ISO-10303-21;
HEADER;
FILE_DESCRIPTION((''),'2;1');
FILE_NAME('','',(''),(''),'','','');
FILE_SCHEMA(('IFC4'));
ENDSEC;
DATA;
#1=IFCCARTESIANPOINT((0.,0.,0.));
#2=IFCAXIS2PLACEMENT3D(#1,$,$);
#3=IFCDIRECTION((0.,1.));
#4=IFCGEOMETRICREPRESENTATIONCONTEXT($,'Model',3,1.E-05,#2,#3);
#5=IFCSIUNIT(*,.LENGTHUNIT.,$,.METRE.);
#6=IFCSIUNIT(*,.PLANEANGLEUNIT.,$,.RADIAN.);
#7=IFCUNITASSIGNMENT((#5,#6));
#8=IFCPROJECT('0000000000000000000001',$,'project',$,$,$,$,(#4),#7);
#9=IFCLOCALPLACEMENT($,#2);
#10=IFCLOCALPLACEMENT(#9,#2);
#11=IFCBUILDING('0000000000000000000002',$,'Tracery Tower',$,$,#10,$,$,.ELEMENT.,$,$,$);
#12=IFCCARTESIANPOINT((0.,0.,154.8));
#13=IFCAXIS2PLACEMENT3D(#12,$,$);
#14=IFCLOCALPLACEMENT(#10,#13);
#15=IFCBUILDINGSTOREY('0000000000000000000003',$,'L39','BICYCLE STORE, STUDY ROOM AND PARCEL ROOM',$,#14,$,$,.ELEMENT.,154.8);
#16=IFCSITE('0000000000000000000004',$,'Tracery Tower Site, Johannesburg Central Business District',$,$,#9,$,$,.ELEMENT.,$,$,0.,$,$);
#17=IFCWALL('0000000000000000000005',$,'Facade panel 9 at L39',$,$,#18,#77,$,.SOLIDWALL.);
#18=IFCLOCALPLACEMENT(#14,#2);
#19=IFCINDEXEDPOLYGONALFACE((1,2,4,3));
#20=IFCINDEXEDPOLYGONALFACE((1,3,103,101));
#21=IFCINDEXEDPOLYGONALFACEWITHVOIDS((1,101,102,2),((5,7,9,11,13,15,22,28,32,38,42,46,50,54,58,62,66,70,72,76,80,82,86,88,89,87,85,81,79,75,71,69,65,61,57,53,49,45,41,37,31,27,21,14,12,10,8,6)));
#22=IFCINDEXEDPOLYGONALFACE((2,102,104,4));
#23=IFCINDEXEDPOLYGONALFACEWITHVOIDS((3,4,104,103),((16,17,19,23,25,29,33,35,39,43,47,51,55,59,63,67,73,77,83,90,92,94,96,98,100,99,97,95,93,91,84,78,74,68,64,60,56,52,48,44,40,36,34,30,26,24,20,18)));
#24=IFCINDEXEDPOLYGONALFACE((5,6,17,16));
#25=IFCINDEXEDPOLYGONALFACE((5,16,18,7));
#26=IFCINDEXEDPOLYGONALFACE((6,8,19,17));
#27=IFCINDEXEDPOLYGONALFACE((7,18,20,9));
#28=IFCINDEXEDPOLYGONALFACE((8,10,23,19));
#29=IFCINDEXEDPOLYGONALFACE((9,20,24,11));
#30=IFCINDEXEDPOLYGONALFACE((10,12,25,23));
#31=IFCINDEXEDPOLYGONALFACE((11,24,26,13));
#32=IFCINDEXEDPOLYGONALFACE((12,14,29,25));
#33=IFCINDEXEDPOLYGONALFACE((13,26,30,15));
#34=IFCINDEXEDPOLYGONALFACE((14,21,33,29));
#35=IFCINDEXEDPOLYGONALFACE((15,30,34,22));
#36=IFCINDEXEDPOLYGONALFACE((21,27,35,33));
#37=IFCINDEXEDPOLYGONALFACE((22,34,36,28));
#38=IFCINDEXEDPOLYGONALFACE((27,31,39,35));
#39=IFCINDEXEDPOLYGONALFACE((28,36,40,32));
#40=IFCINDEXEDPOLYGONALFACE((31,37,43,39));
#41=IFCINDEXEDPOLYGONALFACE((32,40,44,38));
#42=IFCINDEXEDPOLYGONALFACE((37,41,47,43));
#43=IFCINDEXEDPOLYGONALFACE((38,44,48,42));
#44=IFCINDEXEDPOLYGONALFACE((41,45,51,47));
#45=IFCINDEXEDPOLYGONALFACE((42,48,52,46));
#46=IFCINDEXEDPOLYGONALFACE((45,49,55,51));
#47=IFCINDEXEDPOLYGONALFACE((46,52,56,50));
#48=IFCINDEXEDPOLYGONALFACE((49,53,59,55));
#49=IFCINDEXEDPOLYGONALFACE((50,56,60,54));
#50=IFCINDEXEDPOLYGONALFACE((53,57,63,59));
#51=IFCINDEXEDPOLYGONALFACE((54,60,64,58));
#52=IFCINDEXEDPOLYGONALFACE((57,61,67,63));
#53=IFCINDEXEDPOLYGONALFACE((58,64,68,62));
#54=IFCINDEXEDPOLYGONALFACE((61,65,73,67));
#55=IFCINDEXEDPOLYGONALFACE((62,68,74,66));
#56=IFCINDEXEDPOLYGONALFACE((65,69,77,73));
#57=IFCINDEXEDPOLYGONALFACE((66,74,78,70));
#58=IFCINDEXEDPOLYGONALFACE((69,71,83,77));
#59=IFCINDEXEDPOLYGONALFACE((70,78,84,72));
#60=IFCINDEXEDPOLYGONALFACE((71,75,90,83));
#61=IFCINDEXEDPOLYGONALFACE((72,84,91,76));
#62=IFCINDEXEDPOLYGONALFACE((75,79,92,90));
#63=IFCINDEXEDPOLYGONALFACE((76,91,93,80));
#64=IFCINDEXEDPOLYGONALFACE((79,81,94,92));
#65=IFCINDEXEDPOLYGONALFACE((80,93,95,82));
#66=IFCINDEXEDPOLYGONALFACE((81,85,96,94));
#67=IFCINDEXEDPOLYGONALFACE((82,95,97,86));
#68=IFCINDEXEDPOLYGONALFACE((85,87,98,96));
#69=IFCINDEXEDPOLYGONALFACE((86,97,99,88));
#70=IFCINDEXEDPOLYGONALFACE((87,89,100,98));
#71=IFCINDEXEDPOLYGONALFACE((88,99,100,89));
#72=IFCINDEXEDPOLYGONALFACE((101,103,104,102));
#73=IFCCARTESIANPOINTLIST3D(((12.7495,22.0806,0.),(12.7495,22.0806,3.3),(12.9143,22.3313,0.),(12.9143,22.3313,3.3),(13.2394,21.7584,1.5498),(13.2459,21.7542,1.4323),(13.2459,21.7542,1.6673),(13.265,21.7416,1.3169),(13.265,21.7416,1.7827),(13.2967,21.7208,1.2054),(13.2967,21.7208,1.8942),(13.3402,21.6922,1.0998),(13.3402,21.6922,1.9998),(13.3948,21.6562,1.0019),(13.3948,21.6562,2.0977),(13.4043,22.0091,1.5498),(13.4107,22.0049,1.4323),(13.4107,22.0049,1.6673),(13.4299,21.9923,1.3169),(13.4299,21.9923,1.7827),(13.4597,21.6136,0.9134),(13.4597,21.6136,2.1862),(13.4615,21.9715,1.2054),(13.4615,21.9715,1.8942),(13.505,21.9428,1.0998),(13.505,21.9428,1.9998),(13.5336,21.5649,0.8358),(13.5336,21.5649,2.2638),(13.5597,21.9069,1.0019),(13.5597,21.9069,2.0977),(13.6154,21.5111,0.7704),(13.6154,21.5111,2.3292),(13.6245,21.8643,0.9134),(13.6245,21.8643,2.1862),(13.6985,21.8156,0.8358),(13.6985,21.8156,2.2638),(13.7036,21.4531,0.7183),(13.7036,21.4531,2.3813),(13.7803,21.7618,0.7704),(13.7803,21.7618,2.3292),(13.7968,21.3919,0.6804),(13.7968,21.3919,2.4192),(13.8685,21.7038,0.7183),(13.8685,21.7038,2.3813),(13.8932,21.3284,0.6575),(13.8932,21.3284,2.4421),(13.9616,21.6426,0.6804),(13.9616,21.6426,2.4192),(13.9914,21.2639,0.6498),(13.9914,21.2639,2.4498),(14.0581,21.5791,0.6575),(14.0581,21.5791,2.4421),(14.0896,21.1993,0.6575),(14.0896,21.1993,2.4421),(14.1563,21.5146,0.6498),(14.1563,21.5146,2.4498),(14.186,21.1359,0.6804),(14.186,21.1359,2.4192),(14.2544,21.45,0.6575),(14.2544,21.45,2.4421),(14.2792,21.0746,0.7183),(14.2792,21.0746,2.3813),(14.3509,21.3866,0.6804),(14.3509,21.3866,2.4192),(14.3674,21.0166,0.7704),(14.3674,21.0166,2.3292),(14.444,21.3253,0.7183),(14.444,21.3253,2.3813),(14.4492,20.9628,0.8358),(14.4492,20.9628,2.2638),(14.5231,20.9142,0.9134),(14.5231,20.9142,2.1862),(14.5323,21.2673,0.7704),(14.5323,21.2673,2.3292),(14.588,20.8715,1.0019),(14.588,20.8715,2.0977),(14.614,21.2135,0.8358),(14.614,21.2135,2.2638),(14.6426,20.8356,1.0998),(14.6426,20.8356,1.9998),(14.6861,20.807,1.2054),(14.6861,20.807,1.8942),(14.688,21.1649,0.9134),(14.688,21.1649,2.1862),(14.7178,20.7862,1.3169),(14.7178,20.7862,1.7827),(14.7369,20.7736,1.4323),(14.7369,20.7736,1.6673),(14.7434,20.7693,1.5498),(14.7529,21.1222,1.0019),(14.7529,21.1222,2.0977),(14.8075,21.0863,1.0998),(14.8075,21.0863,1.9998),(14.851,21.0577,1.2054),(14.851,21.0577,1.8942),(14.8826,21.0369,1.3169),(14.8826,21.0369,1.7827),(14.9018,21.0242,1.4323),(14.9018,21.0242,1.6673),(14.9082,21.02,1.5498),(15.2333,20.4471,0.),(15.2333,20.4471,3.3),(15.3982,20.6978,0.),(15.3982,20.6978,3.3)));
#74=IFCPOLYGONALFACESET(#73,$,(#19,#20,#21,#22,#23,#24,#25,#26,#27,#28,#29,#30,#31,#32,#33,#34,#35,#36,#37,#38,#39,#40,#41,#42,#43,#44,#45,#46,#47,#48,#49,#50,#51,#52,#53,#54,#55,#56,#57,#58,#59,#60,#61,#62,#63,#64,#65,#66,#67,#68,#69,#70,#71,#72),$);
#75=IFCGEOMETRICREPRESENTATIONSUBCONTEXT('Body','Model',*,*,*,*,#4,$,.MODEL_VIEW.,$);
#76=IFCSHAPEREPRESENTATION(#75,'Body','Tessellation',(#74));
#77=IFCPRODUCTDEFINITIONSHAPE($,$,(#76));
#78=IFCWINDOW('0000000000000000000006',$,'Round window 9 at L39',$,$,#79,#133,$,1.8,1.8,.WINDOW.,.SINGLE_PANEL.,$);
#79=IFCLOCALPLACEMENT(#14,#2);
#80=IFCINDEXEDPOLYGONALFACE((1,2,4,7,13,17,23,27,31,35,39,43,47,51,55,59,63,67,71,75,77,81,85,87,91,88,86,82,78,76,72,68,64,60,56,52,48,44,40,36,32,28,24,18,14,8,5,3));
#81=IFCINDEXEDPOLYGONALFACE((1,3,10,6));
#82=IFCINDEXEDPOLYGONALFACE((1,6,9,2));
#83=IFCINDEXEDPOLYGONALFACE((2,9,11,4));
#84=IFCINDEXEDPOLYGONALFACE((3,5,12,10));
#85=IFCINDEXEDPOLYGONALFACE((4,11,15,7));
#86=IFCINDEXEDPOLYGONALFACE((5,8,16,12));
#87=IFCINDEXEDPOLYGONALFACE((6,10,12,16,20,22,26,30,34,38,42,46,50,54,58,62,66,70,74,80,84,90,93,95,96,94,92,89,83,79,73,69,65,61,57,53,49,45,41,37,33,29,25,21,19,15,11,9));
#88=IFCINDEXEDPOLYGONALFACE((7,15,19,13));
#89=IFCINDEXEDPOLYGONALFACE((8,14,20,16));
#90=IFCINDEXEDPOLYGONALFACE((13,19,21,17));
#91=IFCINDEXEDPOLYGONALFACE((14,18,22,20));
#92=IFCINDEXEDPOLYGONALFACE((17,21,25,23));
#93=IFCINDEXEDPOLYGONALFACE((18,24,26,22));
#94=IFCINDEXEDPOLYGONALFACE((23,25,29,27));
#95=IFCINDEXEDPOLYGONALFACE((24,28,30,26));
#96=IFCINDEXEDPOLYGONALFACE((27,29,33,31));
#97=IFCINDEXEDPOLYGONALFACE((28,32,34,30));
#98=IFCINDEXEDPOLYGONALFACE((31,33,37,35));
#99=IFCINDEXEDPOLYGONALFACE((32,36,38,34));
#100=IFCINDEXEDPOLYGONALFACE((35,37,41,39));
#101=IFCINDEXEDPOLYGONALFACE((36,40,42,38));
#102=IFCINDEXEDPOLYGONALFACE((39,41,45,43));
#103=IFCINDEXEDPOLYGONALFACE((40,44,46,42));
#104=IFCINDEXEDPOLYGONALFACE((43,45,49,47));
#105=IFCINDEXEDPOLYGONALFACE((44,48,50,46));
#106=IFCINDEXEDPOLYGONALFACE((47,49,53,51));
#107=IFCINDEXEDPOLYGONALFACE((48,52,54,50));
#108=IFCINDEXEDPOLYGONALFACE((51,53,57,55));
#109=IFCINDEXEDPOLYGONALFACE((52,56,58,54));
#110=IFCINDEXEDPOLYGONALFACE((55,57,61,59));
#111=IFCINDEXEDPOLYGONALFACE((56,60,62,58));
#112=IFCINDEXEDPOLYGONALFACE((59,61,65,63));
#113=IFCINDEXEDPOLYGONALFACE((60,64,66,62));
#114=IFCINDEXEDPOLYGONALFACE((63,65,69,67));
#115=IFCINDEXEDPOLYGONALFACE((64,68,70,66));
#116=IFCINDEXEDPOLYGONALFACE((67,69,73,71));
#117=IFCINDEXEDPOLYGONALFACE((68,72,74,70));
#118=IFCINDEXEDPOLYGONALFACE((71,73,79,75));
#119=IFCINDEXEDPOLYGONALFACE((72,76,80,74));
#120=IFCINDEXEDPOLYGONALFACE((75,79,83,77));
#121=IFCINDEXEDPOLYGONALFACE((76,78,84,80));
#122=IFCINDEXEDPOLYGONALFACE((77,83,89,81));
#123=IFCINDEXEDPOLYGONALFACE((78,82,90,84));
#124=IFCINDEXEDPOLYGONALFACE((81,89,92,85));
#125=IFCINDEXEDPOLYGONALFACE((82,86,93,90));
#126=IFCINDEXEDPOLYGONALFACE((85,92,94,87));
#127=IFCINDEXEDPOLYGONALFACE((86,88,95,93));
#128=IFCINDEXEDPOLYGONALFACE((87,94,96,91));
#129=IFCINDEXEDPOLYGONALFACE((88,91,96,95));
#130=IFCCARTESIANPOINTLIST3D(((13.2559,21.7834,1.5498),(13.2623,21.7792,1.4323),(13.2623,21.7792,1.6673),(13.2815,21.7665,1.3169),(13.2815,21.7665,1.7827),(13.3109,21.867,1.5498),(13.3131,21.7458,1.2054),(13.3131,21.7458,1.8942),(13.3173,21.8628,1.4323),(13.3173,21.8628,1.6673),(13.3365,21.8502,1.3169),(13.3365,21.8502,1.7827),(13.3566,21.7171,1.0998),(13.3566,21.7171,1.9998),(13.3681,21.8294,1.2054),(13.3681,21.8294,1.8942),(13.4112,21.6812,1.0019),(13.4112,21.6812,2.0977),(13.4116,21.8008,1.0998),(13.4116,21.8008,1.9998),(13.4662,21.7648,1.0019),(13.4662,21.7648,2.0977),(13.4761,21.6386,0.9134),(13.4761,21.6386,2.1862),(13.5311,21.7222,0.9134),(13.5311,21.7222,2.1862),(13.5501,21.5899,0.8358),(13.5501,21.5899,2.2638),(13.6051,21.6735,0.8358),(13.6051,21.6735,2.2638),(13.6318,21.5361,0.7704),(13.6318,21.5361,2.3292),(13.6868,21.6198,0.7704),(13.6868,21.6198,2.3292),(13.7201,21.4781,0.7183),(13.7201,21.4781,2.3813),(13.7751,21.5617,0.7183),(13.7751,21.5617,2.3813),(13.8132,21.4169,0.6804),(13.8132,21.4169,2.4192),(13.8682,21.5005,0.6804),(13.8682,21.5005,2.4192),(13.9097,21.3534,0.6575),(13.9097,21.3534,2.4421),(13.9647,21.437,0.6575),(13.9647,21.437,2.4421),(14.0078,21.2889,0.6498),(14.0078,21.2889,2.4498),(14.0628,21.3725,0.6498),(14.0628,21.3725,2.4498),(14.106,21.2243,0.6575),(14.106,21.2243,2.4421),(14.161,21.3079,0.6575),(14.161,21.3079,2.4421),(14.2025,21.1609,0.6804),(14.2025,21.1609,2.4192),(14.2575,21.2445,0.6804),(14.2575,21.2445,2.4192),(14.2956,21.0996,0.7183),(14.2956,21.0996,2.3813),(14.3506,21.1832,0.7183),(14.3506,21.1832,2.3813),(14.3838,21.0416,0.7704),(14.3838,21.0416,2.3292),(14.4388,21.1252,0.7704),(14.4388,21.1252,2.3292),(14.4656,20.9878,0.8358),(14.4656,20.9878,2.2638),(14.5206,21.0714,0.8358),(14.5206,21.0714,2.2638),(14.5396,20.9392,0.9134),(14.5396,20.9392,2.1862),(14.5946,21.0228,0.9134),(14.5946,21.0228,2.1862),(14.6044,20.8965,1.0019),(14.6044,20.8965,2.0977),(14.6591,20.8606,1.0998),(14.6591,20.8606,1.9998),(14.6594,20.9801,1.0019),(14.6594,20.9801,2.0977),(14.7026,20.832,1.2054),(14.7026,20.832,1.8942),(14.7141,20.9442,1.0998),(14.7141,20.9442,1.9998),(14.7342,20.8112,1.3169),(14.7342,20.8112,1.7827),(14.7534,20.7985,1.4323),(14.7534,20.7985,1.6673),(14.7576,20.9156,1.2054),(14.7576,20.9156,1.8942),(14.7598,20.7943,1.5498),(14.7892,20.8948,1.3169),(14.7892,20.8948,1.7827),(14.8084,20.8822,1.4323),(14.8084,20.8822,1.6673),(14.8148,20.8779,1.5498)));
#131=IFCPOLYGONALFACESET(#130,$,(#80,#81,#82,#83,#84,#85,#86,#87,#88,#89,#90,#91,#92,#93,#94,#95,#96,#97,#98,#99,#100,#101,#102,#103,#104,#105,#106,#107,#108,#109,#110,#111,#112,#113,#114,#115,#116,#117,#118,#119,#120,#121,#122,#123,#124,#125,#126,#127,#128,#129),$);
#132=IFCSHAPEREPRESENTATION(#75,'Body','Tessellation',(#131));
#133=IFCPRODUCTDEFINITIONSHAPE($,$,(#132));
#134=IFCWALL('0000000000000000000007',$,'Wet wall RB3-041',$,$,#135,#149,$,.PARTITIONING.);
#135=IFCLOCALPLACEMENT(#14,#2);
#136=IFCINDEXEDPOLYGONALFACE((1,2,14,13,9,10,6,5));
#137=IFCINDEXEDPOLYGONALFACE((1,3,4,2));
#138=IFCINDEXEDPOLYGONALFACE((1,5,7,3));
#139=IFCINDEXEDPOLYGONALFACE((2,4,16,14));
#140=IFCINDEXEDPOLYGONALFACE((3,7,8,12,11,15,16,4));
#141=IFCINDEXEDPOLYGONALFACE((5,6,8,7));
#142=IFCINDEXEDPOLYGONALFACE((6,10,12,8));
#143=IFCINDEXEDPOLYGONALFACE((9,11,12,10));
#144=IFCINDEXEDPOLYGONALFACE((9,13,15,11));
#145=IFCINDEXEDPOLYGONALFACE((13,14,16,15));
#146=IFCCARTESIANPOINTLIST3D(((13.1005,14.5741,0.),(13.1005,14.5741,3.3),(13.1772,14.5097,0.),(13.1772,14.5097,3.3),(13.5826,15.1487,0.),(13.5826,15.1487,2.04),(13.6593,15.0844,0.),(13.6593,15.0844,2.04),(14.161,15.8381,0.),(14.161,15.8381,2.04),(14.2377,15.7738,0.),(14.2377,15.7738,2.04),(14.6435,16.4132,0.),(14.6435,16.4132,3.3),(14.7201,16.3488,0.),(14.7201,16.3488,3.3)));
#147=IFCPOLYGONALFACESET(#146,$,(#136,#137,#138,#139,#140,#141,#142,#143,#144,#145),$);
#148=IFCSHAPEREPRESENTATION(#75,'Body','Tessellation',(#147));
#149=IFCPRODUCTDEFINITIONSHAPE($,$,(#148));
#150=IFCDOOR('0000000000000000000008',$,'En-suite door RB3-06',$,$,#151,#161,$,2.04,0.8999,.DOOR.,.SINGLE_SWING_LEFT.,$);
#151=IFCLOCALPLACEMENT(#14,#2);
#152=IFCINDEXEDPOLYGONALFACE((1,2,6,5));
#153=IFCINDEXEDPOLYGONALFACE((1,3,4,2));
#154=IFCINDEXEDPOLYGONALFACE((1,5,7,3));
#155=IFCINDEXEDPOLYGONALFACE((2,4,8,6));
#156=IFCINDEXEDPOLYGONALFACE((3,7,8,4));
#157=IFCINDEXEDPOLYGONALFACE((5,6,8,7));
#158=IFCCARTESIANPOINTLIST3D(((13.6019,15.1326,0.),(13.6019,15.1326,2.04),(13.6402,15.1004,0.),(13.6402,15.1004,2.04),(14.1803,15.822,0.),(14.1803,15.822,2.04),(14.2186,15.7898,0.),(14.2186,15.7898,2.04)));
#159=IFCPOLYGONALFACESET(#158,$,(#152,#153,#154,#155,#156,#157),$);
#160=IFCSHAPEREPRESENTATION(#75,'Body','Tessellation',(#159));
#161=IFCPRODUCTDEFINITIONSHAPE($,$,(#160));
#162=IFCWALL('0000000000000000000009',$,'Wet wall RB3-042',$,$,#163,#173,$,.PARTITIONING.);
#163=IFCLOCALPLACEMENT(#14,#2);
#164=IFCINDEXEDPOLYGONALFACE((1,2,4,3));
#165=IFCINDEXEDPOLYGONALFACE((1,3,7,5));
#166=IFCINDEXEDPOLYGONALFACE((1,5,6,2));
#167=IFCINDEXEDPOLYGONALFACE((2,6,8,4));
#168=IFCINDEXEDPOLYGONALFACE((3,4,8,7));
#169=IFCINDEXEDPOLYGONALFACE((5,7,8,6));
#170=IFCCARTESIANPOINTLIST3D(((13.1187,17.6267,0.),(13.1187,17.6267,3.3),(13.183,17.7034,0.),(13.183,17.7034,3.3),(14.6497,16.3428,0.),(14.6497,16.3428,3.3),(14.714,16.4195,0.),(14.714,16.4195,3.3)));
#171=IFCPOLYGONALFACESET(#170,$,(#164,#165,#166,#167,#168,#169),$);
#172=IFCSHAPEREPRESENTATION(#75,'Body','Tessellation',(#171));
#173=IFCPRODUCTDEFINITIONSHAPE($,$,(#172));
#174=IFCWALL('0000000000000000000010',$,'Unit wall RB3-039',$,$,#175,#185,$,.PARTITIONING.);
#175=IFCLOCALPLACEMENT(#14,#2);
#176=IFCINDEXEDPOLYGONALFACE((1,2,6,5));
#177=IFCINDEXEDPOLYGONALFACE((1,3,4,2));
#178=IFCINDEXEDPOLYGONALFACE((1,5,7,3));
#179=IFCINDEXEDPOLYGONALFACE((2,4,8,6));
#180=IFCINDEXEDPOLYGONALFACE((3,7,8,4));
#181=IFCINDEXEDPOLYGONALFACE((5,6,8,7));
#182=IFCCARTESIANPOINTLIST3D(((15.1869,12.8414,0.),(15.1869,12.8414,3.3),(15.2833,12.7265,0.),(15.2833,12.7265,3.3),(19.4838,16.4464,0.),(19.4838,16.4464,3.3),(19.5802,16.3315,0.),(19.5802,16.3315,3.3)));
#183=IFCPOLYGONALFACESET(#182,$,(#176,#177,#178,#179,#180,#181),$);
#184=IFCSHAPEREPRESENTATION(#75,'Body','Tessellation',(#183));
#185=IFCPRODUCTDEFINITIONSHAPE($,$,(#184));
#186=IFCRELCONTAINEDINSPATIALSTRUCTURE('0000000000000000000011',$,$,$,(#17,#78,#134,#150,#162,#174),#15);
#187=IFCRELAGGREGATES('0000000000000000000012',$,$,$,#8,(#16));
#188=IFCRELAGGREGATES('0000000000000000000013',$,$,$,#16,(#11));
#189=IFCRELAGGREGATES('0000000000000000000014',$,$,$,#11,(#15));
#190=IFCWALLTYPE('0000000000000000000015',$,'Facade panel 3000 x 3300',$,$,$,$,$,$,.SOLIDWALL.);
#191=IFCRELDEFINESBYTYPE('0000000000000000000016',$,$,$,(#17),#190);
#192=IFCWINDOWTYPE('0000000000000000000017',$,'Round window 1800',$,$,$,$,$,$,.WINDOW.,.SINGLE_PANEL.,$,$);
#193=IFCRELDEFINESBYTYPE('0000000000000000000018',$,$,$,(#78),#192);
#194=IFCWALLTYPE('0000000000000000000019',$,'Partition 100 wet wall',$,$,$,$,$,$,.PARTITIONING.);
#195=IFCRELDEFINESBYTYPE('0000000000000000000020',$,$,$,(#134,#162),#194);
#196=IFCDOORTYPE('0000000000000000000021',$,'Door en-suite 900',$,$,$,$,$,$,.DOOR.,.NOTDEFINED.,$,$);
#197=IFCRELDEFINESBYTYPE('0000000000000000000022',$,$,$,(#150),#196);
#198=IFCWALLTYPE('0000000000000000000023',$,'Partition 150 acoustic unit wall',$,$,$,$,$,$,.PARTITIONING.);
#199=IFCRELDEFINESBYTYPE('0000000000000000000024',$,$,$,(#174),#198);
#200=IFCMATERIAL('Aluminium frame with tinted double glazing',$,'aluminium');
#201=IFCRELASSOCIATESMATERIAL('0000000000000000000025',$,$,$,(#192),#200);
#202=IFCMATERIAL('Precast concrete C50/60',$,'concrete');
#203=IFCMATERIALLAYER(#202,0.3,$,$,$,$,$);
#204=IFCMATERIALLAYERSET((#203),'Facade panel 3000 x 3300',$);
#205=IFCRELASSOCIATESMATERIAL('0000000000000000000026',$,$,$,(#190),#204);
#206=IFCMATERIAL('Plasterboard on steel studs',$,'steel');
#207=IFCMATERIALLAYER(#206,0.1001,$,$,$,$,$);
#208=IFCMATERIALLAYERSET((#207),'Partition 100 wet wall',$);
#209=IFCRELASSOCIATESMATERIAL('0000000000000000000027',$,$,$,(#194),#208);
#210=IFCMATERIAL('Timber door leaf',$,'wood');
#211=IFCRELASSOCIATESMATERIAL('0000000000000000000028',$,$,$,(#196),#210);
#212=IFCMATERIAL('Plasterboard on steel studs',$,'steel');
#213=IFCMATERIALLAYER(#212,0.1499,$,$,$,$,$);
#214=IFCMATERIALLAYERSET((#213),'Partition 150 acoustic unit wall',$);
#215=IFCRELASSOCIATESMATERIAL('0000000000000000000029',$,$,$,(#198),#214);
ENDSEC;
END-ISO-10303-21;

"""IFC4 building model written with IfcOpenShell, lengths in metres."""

from ifc_helpers import new_model, si_unit, direction, frame, frame_2d, origin, origin_2d, place, context, subcontext, project, spatial, rectangle, circle, extrude, material, layer, layer_set, type_object, element, fill, save


model = new_model("IFC4")

# Units and contexts
model_context = context("Model", 3, precision=1e-05, world=origin(), true_north=direction((0.0, 1.0)))
body_context = subcontext(model_context, "Body", "Model", "MODEL_VIEW")
ifc_project = project(units=[si_unit("LENGTHUNIT", "METRE"), si_unit("PLANEANGLEUNIT", "RADIAN")], contexts=[model_context])

# Site, building, storey
site_placement = place(None, origin())
site = spatial("IfcSite", under=ifc_project, at=site_placement, Name="Tracery Tower Site, Johannesburg Central Business District", CompositionType="ELEMENT", RefElevation=0.0)
building_placement = place(site_placement, origin())
building = spatial("IfcBuilding", under=site, at=building_placement, Name="Tracery Tower", CompositionType="ELEMENT")
storey_placement = place(building_placement, frame((0.0, 0.0, 154.8)))
storey = spatial("IfcBuildingStorey", under=building, at=storey_placement, Name="L39", Description="BICYCLE STORE, STUDY ROOM AND PARCEL ROOM", CompositionType="ELEMENT", Elevation=154.8)

# Wall, opening, window
ifc_material_1 = material(Name="Aluminium frame with tinted double glazing", Category="aluminium")
window_type = type_object("IfcWindowType", Name="Round window 1800", PartitioningType="SINGLE_PANEL", PredefinedType="WINDOW", material=ifc_material_1)
ifc_material_2 = material(Name="Precast concrete C50/60", Category="concrete")
ifc_layer_1 = layer(ifc_material_2, 0.3)
ifc_layer_set_1 = layer_set([ifc_layer_1], Name="Facade panel 3000 x 3300")
wall_type_1 = type_object("IfcWallType", Name="Facade panel 3000 x 3300", PredefinedType="SOLIDWALL", material=ifc_layer_set_1)
wall_1_placement = place(storey_placement, frame((15.3157, 20.5725, 0.0), z_axis=(0.0, 0.0, 1.0), x_axis=(-0.835508, 0.549478, 0.0)))
wall_1 = element("IfcWall", 1, at=wall_1_placement, inside=storey, type_object=wall_type_1, Name="Facade panel 9 at L39", PredefinedType="SOLIDWALL", context=body_context, shape_type="SweptSolid", body=[
    extrude(rectangle(XDim=2.9729, YDim=0.3, at=frame_2d((1.4863, 0.0))), origin(), (0.0, 0.0, 1.0), 3.3),
])
opening_1_placement = place(wall_1_placement, frame((1.4863, 0.0, 1.5498)))
opening_1 = element("IfcOpeningElement", 2, at=opening_1_placement, cuts=wall_1, PredefinedType="OPENING", context=body_context, shape_type="SweptSolid", body=[
    extrude(circle(Radius=0.9, at=origin_2d()), frame((0.0, 0.1599, 0.0), z_axis=(0.0, -1.0, 0.0), x_axis=(1.0, 0.0, 0.0)), (0.0, 0.0, 1.0), 0.3201),
])
window_1_placement = place(opening_1_placement, origin())
window_1 = element("IfcWindow", 3, at=window_1_placement, inside=storey, type_object=window_type, Name="Round window 9 at L39", OverallHeight=1.8, OverallWidth=1.8, PartitioningType="SINGLE_PANEL", PredefinedType="WINDOW", context=body_context, shape_type="SweptSolid", body=[
    extrude(circle(Radius=0.9, at=origin_2d()), frame((0.0, 0.1201, 0.0), z_axis=(0.0, -1.0, 0.0), x_axis=(1.0, 0.0, 0.0)), (0.0, 0.0, 1.0), 0.1001),
])
fill(opening_1, window_1)

# Wall, opening, door
ifc_material_3 = material(Name="Plasterboard on steel studs", Category="steel")
ifc_layer_2 = layer(ifc_material_3, 0.1001)
ifc_layer_set_2 = layer_set([ifc_layer_2], Name="Partition 100 wet wall")
wall_type_2 = type_object("IfcWallType", Name="Partition 100 wet wall", PredefinedType="PARTITIONING", material=ifc_layer_set_2)
wall_2_placement = place(storey_placement, frame((13.1389, 14.542, 0.0), z_axis=(0.0, 0.0, 1.0), x_axis=(0.642732, 0.766091, 0.0)))
wall_2 = element("IfcWall", 4, at=wall_2_placement, inside=storey, type_object=wall_type_2, Name="Wet wall RB3-041", PredefinedType="PARTITIONING", context=body_context, shape_type="SweptSolid", body=[
    extrude(rectangle(XDim=2.4006, YDim=0.1001, at=frame_2d((1.2002, 0.0))), origin(), (0.0, 0.0, 1.0), 3.3),
])
opening_2_placement = place(wall_2_placement, frame((0.75, 0.0, 0.0)))
opening_2 = element("IfcOpeningElement", 5, at=opening_2_placement, cuts=wall_2, PredefinedType="OPENING", context=body_context, shape_type="SweptSolid", body=[
    extrude(rectangle(XDim=0.8999, YDim=2.04, at=frame_2d((0.45, 1.02))), frame((0.0, 0.05, 0.0), z_axis=(0.0, -1.0, 0.0), x_axis=(1.0, 0.0, 0.0)), (0.0, 0.0, 1.0), 0.1001),
])
ifc_material_4 = material(Name="Timber door leaf", Category="wood")
door_type_1 = type_object("IfcDoorType", Name="Door en-suite 900", OperationType="NOTDEFINED", PredefinedType="DOOR", material=ifc_material_4)
door_1_placement = place(opening_2_placement, origin())
door_1 = element("IfcDoor", 6, at=door_1_placement, inside=storey, type_object=door_type_1, Name="En-suite door RB3-06", OperationType="SINGLE_SWING_LEFT", OverallHeight=2.04, OverallWidth=0.8999, PredefinedType="DOOR", context=body_context, shape_type="SweptSolid", body=[
    extrude(rectangle(XDim=0.8999, YDim=2.04, at=frame_2d((0.45, 1.02))), frame((0.0, 0.0249, 0.0), z_axis=(0.0, -1.0, 0.0), x_axis=(1.0, 0.0, 0.0)), (0.0, 0.0, 1.0), 0.05),
])
fill(opening_2, door_1)

# Walls
wall_3_placement = place(storey_placement, frame((13.1509, 17.665, 0.0), z_axis=(0.0, 0.0, 1.0), x_axis=(0.766225, -0.642573, 0.0)))
element("IfcWall", 7, at=wall_3_placement, inside=storey, type_object=wall_type_2, Name="Wet wall RB3-042", PredefinedType="PARTITIONING", context=body_context, shape_type="SweptSolid", body=[
    extrude(rectangle(XDim=1.998, YDim=0.1001, at=frame_2d((0.999, 0.0))), origin(), (0.0, 0.0, 1.0), 3.3),
])
ifc_material_5 = material(Name="Plasterboard on steel studs", Category="steel")
ifc_layer_3 = layer(ifc_material_5, 0.1499)
ifc_layer_set_3 = layer_set([ifc_layer_3], Name="Partition 150 acoustic unit wall")
wall_type_3 = type_object("IfcWallType", Name="Partition 150 acoustic unit wall", PredefinedType="PARTITIONING", material=ifc_layer_set_3)
wall_4_placement = place(storey_placement, frame((15.2351, 12.7839, 0.0), z_axis=(0.0, 0.0, 1.0), x_axis=(0.766091, 0.642733, 0.0)))
element("IfcWall", 8, at=wall_4_placement, inside=storey, type_object=wall_type_3, Name="Unit wall RB3-039", PredefinedType="PARTITIONING", context=body_context, shape_type="SweptSolid", body=[
    extrude(rectangle(XDim=5.6089, YDim=0.1499, at=frame_2d((2.8044, 0.0))), origin(), (0.0, 0.0, 1.0), 3.3),
])

save(model, "model.ifc")
